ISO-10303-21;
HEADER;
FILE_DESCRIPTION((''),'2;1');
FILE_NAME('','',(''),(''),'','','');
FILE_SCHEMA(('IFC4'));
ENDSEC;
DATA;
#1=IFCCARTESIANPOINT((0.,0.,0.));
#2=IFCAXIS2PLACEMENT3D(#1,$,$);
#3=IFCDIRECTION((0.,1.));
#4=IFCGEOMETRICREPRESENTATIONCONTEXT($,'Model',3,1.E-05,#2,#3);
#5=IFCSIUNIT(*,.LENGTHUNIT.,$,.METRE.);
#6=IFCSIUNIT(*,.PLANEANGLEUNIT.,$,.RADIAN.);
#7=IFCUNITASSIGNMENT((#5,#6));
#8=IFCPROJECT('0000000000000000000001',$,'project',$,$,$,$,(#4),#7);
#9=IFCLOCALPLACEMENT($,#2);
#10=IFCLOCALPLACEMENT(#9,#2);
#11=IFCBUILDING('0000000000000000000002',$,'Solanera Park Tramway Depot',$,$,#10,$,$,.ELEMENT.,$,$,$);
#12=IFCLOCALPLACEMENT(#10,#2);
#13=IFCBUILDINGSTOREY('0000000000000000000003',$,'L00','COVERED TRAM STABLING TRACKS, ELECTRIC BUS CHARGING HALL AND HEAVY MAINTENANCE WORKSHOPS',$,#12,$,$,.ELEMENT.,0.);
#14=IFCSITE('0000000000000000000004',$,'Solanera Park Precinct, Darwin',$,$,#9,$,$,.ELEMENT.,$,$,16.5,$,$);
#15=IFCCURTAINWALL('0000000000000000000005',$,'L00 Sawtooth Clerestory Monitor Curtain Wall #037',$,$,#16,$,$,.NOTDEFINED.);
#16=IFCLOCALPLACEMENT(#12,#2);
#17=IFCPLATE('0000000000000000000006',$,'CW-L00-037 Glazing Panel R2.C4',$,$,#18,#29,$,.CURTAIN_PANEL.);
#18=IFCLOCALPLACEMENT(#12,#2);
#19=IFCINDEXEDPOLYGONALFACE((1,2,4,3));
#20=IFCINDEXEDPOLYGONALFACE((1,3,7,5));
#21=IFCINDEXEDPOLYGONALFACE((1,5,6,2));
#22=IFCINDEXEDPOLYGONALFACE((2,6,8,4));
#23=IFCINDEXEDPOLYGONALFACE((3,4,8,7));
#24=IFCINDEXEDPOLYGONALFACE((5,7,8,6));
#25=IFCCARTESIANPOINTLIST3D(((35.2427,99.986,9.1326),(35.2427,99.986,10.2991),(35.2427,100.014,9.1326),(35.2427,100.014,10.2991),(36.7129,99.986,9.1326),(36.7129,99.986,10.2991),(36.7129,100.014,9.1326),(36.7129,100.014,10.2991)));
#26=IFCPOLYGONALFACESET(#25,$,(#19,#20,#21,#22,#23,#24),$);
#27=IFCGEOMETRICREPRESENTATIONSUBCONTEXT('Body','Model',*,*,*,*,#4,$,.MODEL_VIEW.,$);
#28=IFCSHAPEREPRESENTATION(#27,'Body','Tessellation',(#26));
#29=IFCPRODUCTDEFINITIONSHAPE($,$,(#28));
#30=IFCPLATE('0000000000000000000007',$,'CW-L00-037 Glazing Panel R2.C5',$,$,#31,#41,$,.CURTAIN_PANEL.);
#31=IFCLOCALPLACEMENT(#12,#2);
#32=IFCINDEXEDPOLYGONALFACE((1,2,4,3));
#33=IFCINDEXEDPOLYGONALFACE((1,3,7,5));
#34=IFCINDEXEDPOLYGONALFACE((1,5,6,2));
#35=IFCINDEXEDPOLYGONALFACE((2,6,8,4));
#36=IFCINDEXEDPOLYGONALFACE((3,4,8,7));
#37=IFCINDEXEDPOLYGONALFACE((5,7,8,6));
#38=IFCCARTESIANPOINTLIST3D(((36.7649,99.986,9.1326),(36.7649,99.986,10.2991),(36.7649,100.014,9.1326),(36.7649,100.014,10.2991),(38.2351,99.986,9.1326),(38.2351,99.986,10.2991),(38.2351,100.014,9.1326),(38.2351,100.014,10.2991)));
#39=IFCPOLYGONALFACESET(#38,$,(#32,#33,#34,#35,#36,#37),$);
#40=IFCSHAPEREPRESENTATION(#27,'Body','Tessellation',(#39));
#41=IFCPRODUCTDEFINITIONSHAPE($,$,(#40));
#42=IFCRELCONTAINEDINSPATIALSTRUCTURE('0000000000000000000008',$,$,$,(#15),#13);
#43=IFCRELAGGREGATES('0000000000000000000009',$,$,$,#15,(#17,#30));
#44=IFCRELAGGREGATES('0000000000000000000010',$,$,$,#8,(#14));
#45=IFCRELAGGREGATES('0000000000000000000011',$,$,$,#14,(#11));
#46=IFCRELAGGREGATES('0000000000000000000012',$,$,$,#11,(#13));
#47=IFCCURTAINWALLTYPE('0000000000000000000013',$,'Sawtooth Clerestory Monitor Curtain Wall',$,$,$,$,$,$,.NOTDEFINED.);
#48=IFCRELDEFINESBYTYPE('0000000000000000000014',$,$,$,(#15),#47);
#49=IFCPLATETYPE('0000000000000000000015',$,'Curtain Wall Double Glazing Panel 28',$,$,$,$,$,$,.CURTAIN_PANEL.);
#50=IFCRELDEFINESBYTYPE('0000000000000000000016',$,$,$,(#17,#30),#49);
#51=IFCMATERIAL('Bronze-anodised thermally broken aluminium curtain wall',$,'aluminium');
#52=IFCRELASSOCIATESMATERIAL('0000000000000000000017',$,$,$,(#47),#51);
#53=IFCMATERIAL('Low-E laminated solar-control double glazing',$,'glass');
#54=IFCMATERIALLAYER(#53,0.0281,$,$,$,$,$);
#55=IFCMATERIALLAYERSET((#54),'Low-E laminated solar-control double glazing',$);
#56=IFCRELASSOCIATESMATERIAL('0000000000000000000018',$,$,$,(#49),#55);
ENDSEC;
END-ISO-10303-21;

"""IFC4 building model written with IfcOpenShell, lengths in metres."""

from ifc_helpers import new_model, si_unit, direction, frame, origin, origin_2d, place, context, subcontext, project, spatial, rectangle, extrude, material, layer, layer_set, type_object, element, aggregate, save


model = new_model("IFC4")

# Units and contexts
model_context = context("Model", 3, precision=1e-05, world=origin(), true_north=direction((0.0, 1.0)))
body_context = subcontext(model_context, "Body", "Model", "MODEL_VIEW")
ifc_project = project(units=[si_unit("LENGTHUNIT", "METRE"), si_unit("PLANEANGLEUNIT", "RADIAN")], contexts=[model_context])

# Site, building, storey
site_placement = place(None, origin())
site = spatial("IfcSite", under=ifc_project, at=site_placement, Name="Solanera Park Precinct, Darwin", CompositionType="ELEMENT", RefElevation=16.5)
building_placement = place(site_placement, origin())
building = spatial("IfcBuilding", under=site, at=building_placement, Name="Solanera Park Tramway Depot", CompositionType="ELEMENT")
storey_placement = place(building_placement, origin())
storey = spatial("IfcBuildingStorey", under=building, at=storey_placement, Name="L00", Description="COVERED TRAM STABLING TRACKS, ELECTRIC BUS CHARGING HALL AND HEAVY MAINTENANCE WORKSHOPS", CompositionType="ELEMENT", Elevation=0.0)

# Curtain wall
ifc_material_1 = material(Name="Bronze-anodised thermally broken aluminium curtain wall", Category="aluminium")
curtain_wall_type = type_object("IfcCurtainWallType", Name="Sawtooth Clerestory Monitor Curtain Wall", PredefinedType="NOTDEFINED", material=ifc_material_1)
curtain_wall_1_placement = place(storey_placement, origin())
curtain_wall_1 = element("IfcCurtainWall", 1, at=curtain_wall_1_placement, inside=storey, type_object=curtain_wall_type, Name="L00 Sawtooth Clerestory Monitor Curtain Wall #037", PredefinedType="NOTDEFINED")

# Plates
ifc_material_2 = material(Name="Low-E laminated solar-control double glazing", Category="glass")
ifc_layer = layer(ifc_material_2, 0.0281)
ifc_layer_set = layer_set([ifc_layer], Name="Low-E laminated solar-control double glazing")
plate_type = type_object("IfcPlateType", Name="Curtain Wall Double Glazing Panel 28", PredefinedType="CURTAIN_PANEL", material=ifc_layer_set)
plate_1_placement = place(storey_placement, frame((35.9778, 100.0, 9.1326), z_axis=(0.0, 0.0, 1.0), x_axis=(1.0, 0.0, 0.0)))
plate_1 = element("IfcPlate", 2, at=plate_1_placement, type_object=plate_type, Name="CW-L00-037 Glazing Panel R2.C4", PredefinedType="CURTAIN_PANEL", context=body_context, shape_type="SweptSolid", body=[
    extrude(rectangle(XDim=1.4702, YDim=0.0281, at=origin_2d()), origin(), (0.0, 0.0, 1.0), 1.1665),
])
plate_2_placement = place(storey_placement, frame((37.5, 100.0, 9.1326), z_axis=(0.0, 0.0, 1.0), x_axis=(1.0, 0.0, 0.0)))
plate_2 = element("IfcPlate", 3, at=plate_2_placement, type_object=plate_type, Name="CW-L00-037 Glazing Panel R2.C5", PredefinedType="CURTAIN_PANEL", context=body_context, shape_type="SweptSolid", body=[
    extrude(rectangle(XDim=1.4702, YDim=0.0281, at=origin_2d()), origin(), (0.0, 0.0, 1.0), 1.1665),
])
aggregate(curtain_wall_1, [plate_1, plate_2])

save(model, "model.ifc")
